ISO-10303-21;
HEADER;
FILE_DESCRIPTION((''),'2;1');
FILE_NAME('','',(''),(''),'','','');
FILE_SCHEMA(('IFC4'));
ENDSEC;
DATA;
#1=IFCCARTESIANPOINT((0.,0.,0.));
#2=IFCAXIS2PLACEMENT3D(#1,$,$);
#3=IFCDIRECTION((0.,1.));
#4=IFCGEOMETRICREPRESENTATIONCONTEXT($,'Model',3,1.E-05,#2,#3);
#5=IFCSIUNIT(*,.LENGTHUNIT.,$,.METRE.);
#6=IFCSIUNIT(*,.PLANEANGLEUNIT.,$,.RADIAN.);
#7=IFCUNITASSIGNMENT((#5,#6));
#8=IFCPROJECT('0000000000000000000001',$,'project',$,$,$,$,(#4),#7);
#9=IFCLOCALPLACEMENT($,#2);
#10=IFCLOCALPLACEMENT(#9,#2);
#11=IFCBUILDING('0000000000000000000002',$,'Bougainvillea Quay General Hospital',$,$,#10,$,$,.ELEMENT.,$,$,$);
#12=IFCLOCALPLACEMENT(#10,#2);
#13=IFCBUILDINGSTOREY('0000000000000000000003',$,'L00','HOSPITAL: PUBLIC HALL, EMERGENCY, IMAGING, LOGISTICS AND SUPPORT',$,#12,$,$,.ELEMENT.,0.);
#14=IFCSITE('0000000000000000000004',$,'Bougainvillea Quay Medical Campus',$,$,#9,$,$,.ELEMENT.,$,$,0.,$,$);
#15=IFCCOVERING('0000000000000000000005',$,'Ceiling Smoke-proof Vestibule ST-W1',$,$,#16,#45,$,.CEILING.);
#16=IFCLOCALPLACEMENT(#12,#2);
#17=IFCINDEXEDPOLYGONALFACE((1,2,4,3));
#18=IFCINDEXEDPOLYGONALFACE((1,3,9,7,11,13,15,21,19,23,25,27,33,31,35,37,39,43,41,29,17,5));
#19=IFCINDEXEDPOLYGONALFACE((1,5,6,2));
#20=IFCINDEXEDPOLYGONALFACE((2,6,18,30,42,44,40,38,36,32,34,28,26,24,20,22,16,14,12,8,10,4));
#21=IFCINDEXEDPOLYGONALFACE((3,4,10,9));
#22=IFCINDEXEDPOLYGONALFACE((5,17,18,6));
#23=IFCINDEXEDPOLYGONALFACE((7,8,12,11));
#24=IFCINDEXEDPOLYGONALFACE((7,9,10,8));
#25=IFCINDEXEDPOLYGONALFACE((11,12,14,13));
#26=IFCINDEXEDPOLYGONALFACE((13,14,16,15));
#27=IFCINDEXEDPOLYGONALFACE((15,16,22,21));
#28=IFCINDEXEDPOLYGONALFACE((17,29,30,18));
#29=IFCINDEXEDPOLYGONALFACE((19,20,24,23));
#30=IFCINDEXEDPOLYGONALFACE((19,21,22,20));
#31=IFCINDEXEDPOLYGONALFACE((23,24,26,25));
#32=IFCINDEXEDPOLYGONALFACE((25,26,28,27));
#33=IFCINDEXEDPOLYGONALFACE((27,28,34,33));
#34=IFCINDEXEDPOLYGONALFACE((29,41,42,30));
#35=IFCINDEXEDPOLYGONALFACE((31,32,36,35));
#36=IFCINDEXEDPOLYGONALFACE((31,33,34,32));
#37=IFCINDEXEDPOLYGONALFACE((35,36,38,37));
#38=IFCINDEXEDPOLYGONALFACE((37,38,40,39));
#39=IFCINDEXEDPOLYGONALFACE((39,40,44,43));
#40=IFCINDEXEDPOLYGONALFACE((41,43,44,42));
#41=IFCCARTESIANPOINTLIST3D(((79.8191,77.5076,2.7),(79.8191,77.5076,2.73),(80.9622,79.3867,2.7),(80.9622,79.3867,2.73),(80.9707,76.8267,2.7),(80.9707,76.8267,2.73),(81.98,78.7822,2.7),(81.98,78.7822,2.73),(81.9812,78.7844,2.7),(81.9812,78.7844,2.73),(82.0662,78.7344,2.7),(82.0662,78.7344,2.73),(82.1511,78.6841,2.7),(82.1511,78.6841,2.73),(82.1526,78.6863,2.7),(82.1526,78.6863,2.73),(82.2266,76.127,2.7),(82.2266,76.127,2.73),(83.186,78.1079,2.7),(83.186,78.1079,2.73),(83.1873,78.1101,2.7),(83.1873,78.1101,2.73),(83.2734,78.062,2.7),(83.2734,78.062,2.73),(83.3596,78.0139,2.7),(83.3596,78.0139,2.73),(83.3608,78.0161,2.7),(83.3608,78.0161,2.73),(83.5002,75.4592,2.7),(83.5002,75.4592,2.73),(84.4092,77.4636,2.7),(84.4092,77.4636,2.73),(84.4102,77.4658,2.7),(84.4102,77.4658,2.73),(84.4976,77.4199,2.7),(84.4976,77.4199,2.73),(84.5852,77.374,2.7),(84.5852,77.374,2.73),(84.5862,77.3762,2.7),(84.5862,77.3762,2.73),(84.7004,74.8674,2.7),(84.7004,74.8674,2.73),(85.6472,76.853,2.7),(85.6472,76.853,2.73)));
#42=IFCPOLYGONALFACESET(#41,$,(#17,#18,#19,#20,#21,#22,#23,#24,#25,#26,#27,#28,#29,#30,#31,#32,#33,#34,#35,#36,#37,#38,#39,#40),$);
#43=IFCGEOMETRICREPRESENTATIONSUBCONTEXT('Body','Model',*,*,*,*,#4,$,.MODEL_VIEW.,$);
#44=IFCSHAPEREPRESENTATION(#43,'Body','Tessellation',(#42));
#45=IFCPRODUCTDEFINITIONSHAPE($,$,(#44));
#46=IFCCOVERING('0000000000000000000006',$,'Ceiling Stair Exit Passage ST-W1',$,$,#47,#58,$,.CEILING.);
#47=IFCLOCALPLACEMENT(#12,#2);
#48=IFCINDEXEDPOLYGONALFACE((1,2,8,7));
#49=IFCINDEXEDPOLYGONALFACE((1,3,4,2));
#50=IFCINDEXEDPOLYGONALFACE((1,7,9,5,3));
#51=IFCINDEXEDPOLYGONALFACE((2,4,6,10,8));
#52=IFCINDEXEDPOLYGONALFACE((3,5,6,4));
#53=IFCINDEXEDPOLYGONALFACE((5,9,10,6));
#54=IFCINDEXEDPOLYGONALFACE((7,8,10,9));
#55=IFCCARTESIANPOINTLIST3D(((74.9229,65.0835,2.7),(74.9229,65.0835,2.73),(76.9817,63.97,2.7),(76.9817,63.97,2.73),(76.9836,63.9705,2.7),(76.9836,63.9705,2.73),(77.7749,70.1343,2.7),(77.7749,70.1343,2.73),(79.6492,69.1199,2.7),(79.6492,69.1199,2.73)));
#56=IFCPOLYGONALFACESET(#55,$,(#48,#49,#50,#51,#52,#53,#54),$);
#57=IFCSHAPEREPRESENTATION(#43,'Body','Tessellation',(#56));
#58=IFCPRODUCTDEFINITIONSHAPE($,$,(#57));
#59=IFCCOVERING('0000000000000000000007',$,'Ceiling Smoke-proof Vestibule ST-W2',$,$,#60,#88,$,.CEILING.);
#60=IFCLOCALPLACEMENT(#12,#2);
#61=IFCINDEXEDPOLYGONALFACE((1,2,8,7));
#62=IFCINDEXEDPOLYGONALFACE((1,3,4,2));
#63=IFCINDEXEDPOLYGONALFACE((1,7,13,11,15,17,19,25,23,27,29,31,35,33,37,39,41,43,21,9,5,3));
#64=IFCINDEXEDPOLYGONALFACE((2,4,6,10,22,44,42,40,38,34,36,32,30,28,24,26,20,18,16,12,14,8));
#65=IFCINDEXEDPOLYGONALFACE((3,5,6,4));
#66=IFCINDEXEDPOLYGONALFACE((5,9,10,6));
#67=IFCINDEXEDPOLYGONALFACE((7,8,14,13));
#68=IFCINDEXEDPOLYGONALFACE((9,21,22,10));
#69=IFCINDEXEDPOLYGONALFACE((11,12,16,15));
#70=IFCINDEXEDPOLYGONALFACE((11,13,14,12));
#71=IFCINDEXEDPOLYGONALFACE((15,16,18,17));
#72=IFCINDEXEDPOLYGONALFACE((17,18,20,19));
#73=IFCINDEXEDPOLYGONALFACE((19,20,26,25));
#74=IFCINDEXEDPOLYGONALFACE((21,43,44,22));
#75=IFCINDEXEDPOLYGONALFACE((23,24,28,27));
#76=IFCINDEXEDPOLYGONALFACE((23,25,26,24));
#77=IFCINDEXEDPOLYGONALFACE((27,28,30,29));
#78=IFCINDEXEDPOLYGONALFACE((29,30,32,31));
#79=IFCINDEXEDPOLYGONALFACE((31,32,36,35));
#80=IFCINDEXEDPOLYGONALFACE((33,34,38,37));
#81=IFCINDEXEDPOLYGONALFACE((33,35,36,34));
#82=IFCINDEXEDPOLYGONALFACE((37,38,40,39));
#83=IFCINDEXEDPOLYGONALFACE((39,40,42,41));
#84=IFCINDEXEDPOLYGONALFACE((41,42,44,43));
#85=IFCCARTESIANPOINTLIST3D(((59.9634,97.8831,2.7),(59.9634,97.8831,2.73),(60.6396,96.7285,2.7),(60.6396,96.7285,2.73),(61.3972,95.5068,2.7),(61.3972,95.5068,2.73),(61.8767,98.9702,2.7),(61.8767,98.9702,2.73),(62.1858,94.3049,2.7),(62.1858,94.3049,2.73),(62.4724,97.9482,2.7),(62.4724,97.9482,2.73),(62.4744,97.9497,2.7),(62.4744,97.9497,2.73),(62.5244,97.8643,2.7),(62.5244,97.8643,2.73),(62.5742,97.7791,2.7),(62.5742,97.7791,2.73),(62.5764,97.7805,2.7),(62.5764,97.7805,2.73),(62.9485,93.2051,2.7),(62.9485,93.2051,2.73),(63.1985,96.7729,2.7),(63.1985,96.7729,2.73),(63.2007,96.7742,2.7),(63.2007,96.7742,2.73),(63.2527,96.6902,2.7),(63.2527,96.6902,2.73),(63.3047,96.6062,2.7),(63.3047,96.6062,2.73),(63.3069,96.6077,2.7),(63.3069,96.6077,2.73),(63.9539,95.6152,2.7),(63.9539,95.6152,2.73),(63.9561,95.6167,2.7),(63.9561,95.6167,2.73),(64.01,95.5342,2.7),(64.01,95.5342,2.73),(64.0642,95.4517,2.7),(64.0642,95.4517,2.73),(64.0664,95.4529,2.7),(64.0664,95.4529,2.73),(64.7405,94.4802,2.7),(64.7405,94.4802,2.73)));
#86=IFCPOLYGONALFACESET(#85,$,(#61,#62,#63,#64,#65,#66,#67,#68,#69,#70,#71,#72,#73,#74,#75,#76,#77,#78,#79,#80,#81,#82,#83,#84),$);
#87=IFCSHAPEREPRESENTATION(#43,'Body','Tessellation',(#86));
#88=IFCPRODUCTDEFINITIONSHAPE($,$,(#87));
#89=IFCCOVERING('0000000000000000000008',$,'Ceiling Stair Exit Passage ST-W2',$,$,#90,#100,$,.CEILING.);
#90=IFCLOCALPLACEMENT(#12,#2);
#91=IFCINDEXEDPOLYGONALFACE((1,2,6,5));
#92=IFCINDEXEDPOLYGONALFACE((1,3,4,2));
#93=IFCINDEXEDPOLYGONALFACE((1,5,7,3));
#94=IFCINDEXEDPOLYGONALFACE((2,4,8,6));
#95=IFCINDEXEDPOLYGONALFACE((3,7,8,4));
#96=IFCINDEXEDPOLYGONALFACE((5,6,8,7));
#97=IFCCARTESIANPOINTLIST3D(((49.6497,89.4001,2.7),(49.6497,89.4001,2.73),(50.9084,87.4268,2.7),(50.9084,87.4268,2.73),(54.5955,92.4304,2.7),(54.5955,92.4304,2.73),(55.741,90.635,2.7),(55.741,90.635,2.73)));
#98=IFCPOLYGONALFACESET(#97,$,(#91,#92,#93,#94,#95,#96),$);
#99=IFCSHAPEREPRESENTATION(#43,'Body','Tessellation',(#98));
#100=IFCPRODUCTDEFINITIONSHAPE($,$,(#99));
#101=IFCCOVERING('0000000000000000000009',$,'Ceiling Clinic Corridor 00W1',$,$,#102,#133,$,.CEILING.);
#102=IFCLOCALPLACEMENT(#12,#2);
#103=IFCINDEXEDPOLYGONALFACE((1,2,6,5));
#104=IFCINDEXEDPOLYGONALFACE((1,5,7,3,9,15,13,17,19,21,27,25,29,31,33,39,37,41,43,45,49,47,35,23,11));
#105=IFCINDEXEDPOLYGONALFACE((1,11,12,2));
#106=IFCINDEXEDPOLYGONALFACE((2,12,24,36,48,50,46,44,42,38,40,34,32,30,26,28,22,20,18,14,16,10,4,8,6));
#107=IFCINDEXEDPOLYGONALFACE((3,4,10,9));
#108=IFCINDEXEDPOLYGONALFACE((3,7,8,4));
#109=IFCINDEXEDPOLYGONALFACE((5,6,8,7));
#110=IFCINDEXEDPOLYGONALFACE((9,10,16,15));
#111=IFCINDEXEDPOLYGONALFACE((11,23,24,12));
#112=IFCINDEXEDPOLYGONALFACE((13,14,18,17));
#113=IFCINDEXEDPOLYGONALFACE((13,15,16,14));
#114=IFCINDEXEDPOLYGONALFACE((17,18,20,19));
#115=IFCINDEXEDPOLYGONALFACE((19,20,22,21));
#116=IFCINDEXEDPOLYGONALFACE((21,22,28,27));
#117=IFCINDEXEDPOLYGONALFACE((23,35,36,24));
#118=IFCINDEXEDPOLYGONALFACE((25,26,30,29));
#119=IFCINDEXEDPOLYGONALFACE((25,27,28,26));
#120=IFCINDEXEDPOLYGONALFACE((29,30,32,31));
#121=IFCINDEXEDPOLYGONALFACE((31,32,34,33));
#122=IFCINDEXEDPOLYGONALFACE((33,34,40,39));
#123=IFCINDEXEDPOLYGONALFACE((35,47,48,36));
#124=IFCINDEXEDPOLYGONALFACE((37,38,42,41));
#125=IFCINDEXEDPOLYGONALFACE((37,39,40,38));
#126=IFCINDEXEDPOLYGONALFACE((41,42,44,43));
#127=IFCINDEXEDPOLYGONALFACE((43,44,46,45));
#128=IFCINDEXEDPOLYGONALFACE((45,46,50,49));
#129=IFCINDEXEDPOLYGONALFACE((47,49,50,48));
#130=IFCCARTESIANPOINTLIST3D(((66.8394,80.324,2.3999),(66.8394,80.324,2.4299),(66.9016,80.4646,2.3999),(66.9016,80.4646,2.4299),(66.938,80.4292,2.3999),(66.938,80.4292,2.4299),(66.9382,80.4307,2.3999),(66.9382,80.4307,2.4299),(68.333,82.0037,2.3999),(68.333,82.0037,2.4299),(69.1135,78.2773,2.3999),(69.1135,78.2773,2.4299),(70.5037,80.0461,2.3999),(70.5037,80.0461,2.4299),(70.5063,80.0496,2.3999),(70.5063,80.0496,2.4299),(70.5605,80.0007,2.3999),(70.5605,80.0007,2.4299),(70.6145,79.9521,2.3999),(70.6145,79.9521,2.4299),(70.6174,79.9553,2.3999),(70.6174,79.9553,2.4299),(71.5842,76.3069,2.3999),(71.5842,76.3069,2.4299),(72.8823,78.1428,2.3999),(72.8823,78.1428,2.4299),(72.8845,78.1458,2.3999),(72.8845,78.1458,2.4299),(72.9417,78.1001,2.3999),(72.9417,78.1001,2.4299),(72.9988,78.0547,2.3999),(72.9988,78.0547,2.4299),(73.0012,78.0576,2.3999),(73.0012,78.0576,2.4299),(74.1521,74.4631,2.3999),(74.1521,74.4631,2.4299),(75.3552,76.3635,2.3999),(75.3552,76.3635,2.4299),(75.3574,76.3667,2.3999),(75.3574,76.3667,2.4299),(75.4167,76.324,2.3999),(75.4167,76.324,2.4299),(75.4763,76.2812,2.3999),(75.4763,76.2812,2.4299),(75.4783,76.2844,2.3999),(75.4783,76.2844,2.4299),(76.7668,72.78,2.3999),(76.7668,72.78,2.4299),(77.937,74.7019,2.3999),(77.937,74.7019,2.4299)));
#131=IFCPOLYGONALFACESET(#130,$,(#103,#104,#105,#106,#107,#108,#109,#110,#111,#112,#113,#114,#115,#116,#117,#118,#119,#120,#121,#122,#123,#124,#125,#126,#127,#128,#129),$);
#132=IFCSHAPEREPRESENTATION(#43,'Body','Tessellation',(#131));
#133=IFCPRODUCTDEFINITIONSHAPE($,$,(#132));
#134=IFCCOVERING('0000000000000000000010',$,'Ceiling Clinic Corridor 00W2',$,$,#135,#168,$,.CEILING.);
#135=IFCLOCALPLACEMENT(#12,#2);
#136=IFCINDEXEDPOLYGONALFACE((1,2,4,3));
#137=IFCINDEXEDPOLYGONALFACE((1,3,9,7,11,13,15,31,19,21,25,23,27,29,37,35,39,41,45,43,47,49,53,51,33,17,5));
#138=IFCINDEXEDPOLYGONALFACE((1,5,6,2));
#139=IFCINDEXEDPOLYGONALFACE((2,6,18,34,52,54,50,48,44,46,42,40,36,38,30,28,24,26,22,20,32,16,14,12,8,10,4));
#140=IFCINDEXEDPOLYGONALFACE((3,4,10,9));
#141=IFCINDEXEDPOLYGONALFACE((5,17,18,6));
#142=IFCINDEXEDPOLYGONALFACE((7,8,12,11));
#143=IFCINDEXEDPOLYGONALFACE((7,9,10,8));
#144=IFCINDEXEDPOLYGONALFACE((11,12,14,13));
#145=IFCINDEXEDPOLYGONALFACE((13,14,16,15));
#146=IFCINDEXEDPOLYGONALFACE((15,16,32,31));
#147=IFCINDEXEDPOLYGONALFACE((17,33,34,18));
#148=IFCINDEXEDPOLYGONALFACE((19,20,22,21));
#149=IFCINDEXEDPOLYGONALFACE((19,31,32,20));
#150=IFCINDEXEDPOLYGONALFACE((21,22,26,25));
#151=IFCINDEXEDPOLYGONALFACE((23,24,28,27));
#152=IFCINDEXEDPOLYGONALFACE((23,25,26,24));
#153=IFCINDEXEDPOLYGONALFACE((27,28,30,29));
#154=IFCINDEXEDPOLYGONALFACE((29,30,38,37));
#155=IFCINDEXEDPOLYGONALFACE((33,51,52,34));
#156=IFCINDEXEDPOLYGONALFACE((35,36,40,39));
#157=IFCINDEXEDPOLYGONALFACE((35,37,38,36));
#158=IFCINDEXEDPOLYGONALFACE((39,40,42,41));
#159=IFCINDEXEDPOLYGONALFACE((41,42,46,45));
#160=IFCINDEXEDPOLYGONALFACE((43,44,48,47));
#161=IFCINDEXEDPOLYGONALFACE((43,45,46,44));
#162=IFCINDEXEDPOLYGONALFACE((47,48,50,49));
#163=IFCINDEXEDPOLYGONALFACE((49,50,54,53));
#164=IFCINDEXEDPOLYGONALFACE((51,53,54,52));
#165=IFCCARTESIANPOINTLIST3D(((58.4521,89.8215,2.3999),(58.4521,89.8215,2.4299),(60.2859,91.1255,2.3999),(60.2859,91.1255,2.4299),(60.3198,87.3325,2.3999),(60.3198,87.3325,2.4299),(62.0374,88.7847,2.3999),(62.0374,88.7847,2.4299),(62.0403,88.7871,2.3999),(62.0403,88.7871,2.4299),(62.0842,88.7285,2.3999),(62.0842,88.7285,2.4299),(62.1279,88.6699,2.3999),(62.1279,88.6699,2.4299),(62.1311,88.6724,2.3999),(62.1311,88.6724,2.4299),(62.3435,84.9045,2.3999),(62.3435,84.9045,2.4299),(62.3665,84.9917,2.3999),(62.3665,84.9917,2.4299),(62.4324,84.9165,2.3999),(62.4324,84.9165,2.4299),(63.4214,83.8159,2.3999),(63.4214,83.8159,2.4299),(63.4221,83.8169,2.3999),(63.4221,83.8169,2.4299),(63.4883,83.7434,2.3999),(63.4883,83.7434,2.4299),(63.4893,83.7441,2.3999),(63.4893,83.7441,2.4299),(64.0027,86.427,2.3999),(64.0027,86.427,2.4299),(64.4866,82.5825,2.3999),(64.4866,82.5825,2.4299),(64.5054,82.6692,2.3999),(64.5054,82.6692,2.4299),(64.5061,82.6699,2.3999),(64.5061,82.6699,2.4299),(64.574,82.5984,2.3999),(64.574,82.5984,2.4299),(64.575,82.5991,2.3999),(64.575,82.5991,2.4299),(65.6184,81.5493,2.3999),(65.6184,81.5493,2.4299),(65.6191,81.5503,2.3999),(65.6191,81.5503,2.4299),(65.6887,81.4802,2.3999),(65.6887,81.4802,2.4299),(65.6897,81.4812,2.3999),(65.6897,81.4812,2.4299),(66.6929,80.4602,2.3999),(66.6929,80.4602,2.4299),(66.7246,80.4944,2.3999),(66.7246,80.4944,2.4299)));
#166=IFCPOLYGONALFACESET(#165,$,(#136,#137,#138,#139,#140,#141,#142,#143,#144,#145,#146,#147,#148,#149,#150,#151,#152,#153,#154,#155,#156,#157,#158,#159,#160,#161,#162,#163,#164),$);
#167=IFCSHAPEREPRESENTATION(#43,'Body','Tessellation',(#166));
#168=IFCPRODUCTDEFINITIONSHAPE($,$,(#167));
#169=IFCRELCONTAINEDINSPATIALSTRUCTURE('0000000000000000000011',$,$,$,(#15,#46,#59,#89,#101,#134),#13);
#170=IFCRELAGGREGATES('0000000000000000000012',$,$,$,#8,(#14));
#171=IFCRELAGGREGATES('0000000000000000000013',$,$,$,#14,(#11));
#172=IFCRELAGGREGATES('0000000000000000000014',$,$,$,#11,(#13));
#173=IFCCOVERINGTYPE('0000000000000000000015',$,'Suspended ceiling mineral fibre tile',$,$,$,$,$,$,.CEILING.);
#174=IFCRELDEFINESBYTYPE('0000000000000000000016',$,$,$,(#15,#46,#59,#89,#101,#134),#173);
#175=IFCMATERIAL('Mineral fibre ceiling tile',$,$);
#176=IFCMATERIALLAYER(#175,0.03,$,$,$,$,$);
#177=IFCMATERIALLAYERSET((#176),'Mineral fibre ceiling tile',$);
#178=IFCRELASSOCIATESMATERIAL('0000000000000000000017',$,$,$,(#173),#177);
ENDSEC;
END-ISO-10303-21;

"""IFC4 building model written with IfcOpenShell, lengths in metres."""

from ifc_helpers import new_model, si_unit, direction, frame, origin, place, context, subcontext, project, spatial, polyline, outline, extrude, material, layer, layer_set, type_object, element, save


model = new_model("IFC4")

# Units and contexts
model_context = context("Model", 3, precision=1e-05, world=origin(), true_north=direction((0.0, 1.0)))
body_context = subcontext(model_context, "Body", "Model", "MODEL_VIEW")
ifc_project = project(units=[si_unit("LENGTHUNIT", "METRE"), si_unit("PLANEANGLEUNIT", "RADIAN")], contexts=[model_context])

# Site, building, storey
site_placement = place(None, origin())
site = spatial("IfcSite", under=ifc_project, at=site_placement, Name="Bougainvillea Quay Medical Campus", CompositionType="ELEMENT", RefElevation=0.0)
building_placement = place(site_placement, origin())
building = spatial("IfcBuilding", under=site, at=building_placement, Name="Bougainvillea Quay General Hospital", CompositionType="ELEMENT")
storey_placement = place(building_placement, origin())
storey = spatial("IfcBuildingStorey", under=building, at=storey_placement, Name="L00", Description="HOSPITAL: PUBLIC HALL, EMERGENCY, IMAGING, LOGISTICS AND SUPPORT", CompositionType="ELEMENT", Elevation=0.0)

# Coverings
ifc_material = material(Name="Mineral fibre ceiling tile")
ifc_layer = layer(ifc_material, 0.03)
ifc_layer_set = layer_set([ifc_layer], Name="Mineral fibre ceiling tile")
covering_type = type_object("IfcCoveringType", Name="Suspended ceiling mineral fibre tile", PredefinedType="CEILING", material=ifc_layer_set)
covering_1_placement = place(storey_placement, frame((0.0, 0.0, 2.7)))
element("IfcCovering", 1, at=covering_1_placement, inside=storey, type_object=covering_type, Name="Ceiling Smoke-proof Vestibule ST-W1", PredefinedType="CEILING", context=body_context, shape_type="SweptSolid", body=[
    extrude(outline(polyline([(85.6472, 76.853), (84.5862, 77.3762), (84.5852, 77.374), (84.4976, 77.4199), (84.4092, 77.4636), (84.4102, 77.4658), (83.3608, 78.0161), (83.3596, 78.0139), (83.2734, 78.062), (83.186, 78.1079), (83.1873, 78.1101), (82.1526, 78.6863), (82.1511, 78.6841), (82.0662, 78.7344), (81.98, 78.7822), (81.9812, 78.7844), (80.9622, 79.3867), (79.8191, 77.5076), (80.9707, 76.8267), (82.2266, 76.127), (83.5002, 75.4592), (84.7004, 74.8674), (85.6472, 76.853)])), origin(), (0.0, 0.0, 1.0), 0.03),
])
covering_2_placement = place(storey_placement, frame((0.0, 0.0, 2.7)))
element("IfcCovering", 2, at=covering_2_placement, inside=storey, type_object=covering_type, Name="Ceiling Stair Exit Passage ST-W1", PredefinedType="CEILING", context=body_context, shape_type="SweptSolid", body=[
    extrude(outline(polyline([(77.7749, 70.1343), (74.9229, 65.0835), (76.9817, 63.97), (76.9836, 63.9705), (79.6492, 69.1199), (77.7749, 70.1343)])), origin(), (0.0, 0.0, 1.0), 0.03),
])
covering_3_placement = place(storey_placement, frame((0.0, 0.0, 2.7)))
element("IfcCovering", 3, at=covering_3_placement, inside=storey, type_object=covering_type, Name="Ceiling Smoke-proof Vestibule ST-W2", PredefinedType="CEILING", context=body_context, shape_type="SweptSolid", body=[
    extrude(outline(polyline([(63.1985, 96.7729), (63.2007, 96.7742), (62.5764, 97.7805), (62.5742, 97.7791), (62.5244, 97.8643), (62.4724, 97.9482), (62.4744, 97.9497), (61.8767, 98.9702), (59.9634, 97.8831), (60.6396, 96.7285), (61.3972, 95.5068), (62.1858, 94.3049), (62.9485, 93.2051), (64.7405, 94.4802), (64.0664, 95.4529), (64.0642, 95.4517), (64.01, 95.5342), (63.9539, 95.6152), (63.9561, 95.6167), (63.3069, 96.6077), (63.3047, 96.6062), (63.2527, 96.6902), (63.1985, 96.7729)])), origin(), (0.0, 0.0, 1.0), 0.03),
])
covering_4_placement = place(storey_placement, frame((0.0, 0.0, 2.7)))
element("IfcCovering", 4, at=covering_4_placement, inside=storey, type_object=covering_type, Name="Ceiling Stair Exit Passage ST-W2", PredefinedType="CEILING", context=body_context, shape_type="SweptSolid", body=[
    extrude(outline(polyline([(54.5955, 92.4304), (49.6497, 89.4001), (50.9084, 87.4268), (55.741, 90.635), (54.5955, 92.4304)])), origin(), (0.0, 0.0, 1.0), 0.03),
])
covering_5_placement = place(storey_placement, frame((0.0, 0.0, 2.3999)))
element("IfcCovering", 5, at=covering_5_placement, inside=storey, type_object=covering_type, Name="Ceiling Clinic Corridor 00W1", PredefinedType="CEILING", context=body_context, shape_type="SweptSolid", body=[
    extrude(outline(polyline([(75.3574, 76.3667), (73.0012, 78.0576), (72.9988, 78.0547), (72.9417, 78.1001), (72.8823, 78.1428), (72.8845, 78.1458), (70.6174, 79.9553), (70.6145, 79.9521), (70.5605, 80.0007), (70.5037, 80.0461), (70.5063, 80.0496), (68.333, 82.0037), (66.9016, 80.4646), (66.9382, 80.4307), (66.938, 80.4292), (66.8394, 80.324), (69.1135, 78.2773), (71.5842, 76.3069), (74.1521, 74.4631), (76.7668, 72.78), (77.937, 74.7019), (75.4783, 76.2844), (75.4763, 76.2812), (75.4167, 76.324), (75.3552, 76.3635), (75.3574, 76.3667)])), origin(), (0.0, 0.0, 1.0), 0.03),
])
covering_6_placement = place(storey_placement, frame((0.0, 0.0, 2.3999)))
element("IfcCovering", 6, at=covering_6_placement, inside=storey, type_object=covering_type, Name="Ceiling Clinic Corridor 00W2", PredefinedType="CEILING", context=body_context, shape_type="SweptSolid", body=[
    extrude(outline(polyline([(63.4221, 83.8169), (62.4324, 84.9165), (62.3665, 84.9917), (64.0027, 86.427), (62.1311, 88.6724), (62.1279, 88.6699), (62.0842, 88.7285), (62.0374, 88.7847), (62.0403, 88.7871), (60.2859, 91.1255), (58.4521, 89.8215), (60.3198, 87.3325), (62.3435, 84.9045), (64.4866, 82.5825), (66.6929, 80.4602), (66.7246, 80.4944), (65.6897, 81.4812), (65.6887, 81.4802), (65.6184, 81.5493), (65.6191, 81.5503), (64.575, 82.5991), (64.574, 82.5984), (64.5054, 82.6692), (64.5061, 82.6699), (63.4893, 83.7441), (63.4883, 83.7434), (63.4214, 83.8159), (63.4221, 83.8169)])), origin(), (0.0, 0.0, 1.0), 0.03),
])

save(model, "model.ifc")
